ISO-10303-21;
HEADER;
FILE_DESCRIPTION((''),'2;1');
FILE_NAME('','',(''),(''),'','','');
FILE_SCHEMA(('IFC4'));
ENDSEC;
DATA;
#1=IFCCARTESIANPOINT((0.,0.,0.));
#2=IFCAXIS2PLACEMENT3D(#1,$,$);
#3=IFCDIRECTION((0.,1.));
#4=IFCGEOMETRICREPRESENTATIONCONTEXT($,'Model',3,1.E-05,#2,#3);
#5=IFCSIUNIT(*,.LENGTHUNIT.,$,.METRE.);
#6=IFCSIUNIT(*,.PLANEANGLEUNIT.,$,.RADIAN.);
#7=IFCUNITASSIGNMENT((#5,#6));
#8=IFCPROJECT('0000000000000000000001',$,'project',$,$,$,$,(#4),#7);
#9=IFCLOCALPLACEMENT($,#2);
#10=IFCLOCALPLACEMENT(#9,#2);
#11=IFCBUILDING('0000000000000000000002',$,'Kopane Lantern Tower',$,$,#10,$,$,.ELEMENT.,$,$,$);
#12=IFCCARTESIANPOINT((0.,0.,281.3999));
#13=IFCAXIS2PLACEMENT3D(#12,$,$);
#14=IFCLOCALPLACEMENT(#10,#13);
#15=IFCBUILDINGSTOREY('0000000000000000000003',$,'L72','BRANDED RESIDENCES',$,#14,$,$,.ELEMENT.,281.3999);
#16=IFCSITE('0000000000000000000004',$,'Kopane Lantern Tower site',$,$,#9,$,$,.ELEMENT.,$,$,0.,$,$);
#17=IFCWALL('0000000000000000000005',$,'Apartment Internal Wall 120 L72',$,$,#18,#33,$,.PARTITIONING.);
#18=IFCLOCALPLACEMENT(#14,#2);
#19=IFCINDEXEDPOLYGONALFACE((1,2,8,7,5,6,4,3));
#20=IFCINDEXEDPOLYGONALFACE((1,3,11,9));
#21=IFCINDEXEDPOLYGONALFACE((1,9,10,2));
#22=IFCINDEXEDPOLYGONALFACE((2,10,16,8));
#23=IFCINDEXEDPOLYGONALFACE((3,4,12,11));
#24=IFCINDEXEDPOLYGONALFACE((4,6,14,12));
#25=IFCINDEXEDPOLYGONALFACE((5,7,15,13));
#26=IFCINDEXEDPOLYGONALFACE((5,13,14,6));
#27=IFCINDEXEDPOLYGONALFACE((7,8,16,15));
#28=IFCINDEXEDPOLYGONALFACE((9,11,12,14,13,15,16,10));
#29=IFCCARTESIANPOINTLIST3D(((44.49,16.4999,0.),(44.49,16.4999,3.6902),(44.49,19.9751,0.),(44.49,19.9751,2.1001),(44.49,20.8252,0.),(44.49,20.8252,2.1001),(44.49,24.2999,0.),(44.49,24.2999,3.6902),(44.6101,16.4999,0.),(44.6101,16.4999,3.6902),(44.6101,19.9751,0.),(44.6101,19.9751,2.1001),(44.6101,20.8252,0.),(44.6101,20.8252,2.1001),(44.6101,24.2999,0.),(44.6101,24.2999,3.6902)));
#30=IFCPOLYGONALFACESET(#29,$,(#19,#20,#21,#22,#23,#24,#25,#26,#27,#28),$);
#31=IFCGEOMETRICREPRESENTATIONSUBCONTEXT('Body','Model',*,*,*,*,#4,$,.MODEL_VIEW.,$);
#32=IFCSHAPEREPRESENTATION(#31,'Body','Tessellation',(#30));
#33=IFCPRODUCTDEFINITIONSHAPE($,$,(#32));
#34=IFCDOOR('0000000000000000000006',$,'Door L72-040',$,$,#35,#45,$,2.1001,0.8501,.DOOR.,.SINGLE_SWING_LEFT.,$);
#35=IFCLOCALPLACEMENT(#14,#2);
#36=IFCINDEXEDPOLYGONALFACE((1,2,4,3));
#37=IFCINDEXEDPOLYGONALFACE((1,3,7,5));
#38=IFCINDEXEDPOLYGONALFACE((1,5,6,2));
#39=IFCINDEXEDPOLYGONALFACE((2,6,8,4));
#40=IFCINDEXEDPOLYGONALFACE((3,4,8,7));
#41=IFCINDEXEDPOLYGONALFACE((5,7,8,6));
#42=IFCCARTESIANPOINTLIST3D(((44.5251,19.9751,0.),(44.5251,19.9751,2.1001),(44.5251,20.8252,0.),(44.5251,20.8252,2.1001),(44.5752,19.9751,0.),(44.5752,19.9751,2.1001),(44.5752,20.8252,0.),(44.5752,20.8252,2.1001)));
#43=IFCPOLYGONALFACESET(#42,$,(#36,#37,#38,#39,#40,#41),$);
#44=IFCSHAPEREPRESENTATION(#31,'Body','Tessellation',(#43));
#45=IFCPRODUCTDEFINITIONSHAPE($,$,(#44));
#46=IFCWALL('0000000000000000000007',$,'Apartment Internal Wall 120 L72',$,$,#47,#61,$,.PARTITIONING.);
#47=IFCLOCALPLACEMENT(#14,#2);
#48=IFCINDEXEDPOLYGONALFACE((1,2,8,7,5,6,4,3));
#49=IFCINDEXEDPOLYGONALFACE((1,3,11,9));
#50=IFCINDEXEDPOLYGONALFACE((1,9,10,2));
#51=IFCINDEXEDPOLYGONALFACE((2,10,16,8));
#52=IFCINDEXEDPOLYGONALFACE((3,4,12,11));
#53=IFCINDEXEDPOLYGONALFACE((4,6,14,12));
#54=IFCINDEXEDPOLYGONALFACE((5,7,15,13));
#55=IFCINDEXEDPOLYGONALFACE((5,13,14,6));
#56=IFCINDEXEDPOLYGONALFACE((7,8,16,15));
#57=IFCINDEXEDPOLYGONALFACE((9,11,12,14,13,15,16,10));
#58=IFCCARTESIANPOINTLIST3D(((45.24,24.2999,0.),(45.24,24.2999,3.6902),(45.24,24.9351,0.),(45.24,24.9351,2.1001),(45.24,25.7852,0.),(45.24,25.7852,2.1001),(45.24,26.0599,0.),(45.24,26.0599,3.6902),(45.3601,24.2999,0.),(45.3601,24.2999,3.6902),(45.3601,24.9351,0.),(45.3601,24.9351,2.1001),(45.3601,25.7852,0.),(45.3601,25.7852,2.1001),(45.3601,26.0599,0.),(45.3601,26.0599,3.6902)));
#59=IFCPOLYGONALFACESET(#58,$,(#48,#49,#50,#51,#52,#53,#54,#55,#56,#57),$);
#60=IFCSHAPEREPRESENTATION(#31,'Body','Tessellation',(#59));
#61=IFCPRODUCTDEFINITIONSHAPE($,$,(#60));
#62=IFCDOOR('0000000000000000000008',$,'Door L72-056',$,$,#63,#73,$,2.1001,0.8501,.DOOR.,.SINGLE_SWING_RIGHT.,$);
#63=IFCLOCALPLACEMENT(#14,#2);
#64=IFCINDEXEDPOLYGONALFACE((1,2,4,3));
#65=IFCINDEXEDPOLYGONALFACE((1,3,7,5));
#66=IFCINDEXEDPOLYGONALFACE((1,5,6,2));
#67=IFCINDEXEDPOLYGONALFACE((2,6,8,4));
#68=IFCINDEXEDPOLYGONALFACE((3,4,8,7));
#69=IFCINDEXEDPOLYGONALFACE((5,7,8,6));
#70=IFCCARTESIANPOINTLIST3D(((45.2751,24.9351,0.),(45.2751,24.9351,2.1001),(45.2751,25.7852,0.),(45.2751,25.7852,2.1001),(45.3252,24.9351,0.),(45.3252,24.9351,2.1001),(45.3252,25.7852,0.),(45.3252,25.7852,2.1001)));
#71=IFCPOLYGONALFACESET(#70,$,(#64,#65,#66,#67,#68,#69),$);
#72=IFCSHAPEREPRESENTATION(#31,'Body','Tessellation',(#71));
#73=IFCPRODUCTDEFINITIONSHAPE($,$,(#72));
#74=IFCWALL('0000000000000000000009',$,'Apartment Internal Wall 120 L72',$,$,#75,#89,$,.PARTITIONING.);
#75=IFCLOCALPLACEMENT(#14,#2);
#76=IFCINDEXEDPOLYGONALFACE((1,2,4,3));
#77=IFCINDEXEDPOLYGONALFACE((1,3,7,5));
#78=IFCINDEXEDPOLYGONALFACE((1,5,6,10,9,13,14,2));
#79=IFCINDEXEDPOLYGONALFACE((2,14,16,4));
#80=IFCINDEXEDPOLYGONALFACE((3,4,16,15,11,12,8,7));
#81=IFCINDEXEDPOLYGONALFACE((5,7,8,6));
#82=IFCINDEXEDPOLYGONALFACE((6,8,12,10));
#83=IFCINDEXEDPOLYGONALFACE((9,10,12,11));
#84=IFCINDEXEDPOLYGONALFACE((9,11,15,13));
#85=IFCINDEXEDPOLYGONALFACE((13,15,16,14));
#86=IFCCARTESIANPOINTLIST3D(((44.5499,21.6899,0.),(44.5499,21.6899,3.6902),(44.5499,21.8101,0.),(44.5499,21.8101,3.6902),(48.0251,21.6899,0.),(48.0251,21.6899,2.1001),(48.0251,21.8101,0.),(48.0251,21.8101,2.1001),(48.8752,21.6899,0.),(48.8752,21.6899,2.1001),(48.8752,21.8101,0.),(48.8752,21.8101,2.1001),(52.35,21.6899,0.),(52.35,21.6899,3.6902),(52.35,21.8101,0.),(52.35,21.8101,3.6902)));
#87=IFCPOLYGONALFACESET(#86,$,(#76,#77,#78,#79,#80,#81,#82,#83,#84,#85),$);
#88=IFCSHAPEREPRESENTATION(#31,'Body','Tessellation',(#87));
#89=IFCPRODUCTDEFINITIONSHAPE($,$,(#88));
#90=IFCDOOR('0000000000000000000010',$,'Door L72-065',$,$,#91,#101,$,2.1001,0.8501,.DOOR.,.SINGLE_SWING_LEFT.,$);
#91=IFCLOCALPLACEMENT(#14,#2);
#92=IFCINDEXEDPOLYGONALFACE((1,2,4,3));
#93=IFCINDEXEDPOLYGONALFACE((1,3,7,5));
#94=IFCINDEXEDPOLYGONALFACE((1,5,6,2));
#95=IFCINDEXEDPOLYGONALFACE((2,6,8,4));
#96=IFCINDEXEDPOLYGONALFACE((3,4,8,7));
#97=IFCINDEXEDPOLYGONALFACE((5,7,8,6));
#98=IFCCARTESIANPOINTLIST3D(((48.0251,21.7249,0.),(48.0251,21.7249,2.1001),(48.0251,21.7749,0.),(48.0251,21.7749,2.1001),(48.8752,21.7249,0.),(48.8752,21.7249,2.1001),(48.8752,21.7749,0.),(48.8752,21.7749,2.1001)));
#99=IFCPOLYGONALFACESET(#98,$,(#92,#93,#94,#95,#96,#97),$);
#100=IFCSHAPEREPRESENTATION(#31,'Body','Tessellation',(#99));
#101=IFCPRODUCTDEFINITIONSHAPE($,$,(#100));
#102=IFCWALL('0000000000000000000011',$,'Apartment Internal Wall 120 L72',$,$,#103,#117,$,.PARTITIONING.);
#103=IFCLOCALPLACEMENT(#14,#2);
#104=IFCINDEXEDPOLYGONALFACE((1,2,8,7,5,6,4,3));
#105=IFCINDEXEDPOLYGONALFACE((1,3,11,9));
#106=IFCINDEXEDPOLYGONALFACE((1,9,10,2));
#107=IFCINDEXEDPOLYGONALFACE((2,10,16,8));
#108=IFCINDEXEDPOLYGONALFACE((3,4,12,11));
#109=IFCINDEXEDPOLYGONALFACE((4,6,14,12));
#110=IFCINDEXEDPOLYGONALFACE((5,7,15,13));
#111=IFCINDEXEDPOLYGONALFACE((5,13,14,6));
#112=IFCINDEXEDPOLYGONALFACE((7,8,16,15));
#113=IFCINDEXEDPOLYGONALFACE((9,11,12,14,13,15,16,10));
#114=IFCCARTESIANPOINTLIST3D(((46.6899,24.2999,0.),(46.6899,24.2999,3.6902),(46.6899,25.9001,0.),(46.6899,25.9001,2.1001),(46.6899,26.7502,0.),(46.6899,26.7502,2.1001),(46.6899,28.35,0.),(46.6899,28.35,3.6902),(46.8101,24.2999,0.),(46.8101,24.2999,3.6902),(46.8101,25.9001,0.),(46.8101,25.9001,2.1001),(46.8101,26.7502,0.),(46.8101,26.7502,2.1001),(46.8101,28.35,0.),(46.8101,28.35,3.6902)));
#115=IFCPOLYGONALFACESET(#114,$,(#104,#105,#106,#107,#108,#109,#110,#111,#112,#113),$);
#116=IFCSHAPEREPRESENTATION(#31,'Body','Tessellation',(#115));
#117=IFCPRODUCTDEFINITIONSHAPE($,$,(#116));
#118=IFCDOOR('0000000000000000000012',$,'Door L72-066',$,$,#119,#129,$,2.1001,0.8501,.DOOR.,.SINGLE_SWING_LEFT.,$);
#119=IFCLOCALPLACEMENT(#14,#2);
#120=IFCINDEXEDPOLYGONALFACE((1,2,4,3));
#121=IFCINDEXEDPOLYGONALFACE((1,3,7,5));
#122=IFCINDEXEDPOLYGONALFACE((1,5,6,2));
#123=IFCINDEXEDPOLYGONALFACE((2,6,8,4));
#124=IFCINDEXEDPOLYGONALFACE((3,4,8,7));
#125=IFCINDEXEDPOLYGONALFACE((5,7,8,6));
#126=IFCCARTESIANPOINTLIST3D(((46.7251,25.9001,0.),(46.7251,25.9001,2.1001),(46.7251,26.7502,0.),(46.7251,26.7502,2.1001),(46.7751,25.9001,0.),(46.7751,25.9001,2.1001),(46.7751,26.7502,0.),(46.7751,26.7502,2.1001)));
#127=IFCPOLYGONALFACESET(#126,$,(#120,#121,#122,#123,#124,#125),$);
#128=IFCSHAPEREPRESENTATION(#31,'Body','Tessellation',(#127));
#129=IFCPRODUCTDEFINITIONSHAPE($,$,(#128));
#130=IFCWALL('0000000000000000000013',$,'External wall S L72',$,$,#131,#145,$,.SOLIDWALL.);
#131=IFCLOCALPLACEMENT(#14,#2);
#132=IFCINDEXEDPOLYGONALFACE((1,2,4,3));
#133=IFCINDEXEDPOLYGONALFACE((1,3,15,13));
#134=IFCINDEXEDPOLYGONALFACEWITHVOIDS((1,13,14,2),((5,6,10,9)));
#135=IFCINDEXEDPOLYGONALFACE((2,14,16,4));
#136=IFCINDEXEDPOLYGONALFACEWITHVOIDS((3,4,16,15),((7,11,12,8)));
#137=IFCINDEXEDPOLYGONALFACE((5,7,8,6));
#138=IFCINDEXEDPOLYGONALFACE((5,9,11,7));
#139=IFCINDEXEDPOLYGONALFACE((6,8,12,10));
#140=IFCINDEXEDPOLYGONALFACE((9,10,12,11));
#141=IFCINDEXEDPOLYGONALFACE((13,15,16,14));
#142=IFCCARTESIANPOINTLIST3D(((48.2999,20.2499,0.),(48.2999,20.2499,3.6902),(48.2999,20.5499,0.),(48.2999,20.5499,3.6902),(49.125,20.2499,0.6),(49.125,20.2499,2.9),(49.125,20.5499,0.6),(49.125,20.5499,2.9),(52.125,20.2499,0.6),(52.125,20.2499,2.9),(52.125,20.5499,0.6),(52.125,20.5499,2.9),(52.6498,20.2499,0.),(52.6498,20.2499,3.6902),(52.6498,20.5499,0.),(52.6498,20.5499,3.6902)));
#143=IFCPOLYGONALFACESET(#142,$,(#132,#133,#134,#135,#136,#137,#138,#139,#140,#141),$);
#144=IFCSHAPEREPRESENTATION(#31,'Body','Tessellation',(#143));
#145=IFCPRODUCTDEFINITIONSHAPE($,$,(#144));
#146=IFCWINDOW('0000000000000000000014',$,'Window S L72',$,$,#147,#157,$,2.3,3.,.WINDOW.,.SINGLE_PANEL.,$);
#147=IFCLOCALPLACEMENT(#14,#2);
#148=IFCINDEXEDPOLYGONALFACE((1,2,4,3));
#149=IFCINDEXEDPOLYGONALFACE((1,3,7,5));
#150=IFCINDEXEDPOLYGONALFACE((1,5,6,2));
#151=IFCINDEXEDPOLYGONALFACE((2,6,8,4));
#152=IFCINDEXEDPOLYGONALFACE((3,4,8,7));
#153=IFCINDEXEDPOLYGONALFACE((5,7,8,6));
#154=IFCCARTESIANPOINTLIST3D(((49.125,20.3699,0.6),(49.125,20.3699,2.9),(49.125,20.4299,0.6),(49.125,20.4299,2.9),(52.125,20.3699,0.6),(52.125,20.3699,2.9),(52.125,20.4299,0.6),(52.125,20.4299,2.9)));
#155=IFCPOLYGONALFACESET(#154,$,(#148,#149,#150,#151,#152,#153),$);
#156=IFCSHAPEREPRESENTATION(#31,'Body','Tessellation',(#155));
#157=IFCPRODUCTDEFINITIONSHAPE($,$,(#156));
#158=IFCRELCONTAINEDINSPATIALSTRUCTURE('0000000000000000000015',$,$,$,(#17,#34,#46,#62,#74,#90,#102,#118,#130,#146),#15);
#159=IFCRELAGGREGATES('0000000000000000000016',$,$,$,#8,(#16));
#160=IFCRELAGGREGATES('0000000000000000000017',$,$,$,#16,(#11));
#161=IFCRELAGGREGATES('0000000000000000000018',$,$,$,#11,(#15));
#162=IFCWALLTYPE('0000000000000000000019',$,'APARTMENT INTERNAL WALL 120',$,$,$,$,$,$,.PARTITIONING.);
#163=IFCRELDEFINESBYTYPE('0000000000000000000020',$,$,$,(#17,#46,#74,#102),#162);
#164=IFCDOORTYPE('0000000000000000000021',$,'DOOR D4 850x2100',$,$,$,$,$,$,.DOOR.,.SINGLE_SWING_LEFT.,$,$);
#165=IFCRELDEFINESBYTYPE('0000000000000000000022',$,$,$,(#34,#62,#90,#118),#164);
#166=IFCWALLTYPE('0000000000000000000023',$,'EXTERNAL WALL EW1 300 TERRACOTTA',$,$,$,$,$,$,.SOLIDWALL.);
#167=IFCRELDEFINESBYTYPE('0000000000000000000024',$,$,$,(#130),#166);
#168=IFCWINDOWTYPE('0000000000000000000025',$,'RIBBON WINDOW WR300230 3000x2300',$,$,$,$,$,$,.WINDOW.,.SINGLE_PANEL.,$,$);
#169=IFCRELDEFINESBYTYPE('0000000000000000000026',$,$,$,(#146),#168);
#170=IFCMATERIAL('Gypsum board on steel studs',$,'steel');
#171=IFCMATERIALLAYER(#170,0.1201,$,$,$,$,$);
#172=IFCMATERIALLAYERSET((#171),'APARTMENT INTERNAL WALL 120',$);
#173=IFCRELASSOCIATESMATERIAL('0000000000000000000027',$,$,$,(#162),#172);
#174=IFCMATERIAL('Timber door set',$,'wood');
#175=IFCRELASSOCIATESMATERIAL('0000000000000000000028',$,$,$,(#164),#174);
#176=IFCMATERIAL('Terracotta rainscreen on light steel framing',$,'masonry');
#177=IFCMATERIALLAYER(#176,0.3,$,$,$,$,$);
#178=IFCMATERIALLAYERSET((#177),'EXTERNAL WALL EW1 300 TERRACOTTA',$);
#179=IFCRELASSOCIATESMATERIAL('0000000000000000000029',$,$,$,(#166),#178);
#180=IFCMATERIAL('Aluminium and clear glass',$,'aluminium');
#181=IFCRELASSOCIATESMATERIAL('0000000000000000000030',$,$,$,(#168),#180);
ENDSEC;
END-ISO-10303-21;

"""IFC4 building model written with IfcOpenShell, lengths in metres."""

from ifc_helpers import new_model, si_unit, direction, frame, frame_2d, origin, place, context, subcontext, project, spatial, rectangle, extrude, material, layer, layer_set, type_object, element, fill, save


model = new_model("IFC4")

# Units and contexts
model_context = context("Model", 3, precision=1e-05, world=origin(), true_north=direction((0.0, 1.0)))
body_context = subcontext(model_context, "Body", "Model", "MODEL_VIEW")
ifc_project = project(units=[si_unit("LENGTHUNIT", "METRE"), si_unit("PLANEANGLEUNIT", "RADIAN")], contexts=[model_context])

# Site, building, storey
site_placement = place(None, origin())
site = spatial("IfcSite", under=ifc_project, at=site_placement, Name="Kopane Lantern Tower site", CompositionType="ELEMENT", RefElevation=0.0)
building_placement = place(site_placement, origin())
building = spatial("IfcBuilding", under=site, at=building_placement, Name="Kopane Lantern Tower", CompositionType="ELEMENT")
storey_placement = place(building_placement, frame((0.0, 0.0, 281.3999)))
storey = spatial("IfcBuildingStorey", under=building, at=storey_placement, Name="L72", Description="BRANDED RESIDENCES", CompositionType="ELEMENT", Elevation=281.3999)

# Shared definitions
ifc_material_1 = material(Name="Gypsum board on steel studs", Category="steel")
ifc_layer_1 = layer(ifc_material_1, 0.1201)
ifc_layer_set_1 = layer_set([ifc_layer_1], Name="APARTMENT INTERNAL WALL 120")
wall_type_1 = type_object("IfcWallType", Name="APARTMENT INTERNAL WALL 120", PredefinedType="PARTITIONING", material=ifc_layer_set_1)
ifc_material_2 = material(Name="Timber door set", Category="wood")
door_type = type_object("IfcDoorType", Name="DOOR D4 850x2100", OperationType="SINGLE_SWING_LEFT", PredefinedType="DOOR", material=ifc_material_2)

# Walls, openings, doors
wall_1_placement = place(storey_placement, frame((44.55, 16.5, 0.0), z_axis=(0.0, 0.0, 1.0), x_axis=(0.0, 1.0, 0.0)))
wall_1 = element("IfcWall", 1, at=wall_1_placement, inside=storey, type_object=wall_type_1, Name="Apartment Internal Wall 120 L72", PredefinedType="PARTITIONING", context=body_context, shape_type="SweptSolid", body=[
    extrude(rectangle(XDim=7.8, YDim=0.1201, at=frame_2d((3.8999, 0.0))), origin(), (0.0, 0.0, 1.0), 3.6902),
])
opening_1_placement = place(wall_1_placement, frame((3.4751, 0.0, 0.0)))
opening_1 = element("IfcOpeningElement", 2, at=opening_1_placement, cuts=wall_1, PredefinedType="OPENING", context=body_context, shape_type="SweptSolid", body=[
    extrude(rectangle(XDim=0.8501, YDim=2.1001, at=frame_2d((0.425, 1.05))), frame((0.0, 0.0701, 0.0), z_axis=(0.0, -1.0, 0.0), x_axis=(1.0, 0.0, 0.0)), (0.0, 0.0, 1.0), 0.1401),
])
door_1_placement = place(opening_1_placement, origin())
door_1 = element("IfcDoor", 3, at=door_1_placement, inside=storey, type_object=door_type, Name="Door L72-040", OperationType="SINGLE_SWING_LEFT", OverallHeight=2.1001, OverallWidth=0.8501, PredefinedType="DOOR", context=body_context, shape_type="SweptSolid", body=[
    extrude(rectangle(XDim=0.8501, YDim=2.1001, at=frame_2d((0.425, 1.05))), frame((0.0, 0.0249, 0.0), z_axis=(0.0, -1.0, 0.0), x_axis=(1.0, 0.0, 0.0)), (0.0, 0.0, 1.0), 0.05),
])
fill(opening_1, door_1)
wall_2_placement = place(storey_placement, frame((45.3, 24.3, 0.0), z_axis=(0.0, 0.0, 1.0), x_axis=(0.0, 1.0, 0.0)))
wall_2 = element("IfcWall", 4, at=wall_2_placement, inside=storey, type_object=wall_type_1, Name="Apartment Internal Wall 120 L72", PredefinedType="PARTITIONING", context=body_context, shape_type="SweptSolid", body=[
    extrude(rectangle(XDim=1.76, YDim=0.1201, at=frame_2d((0.8799, 0.0))), origin(), (0.0, 0.0, 1.0), 3.6902),
])
opening_2_placement = place(wall_2_placement, frame((0.635, 0.0, 0.0)))
opening_2 = element("IfcOpeningElement", 5, at=opening_2_placement, cuts=wall_2, PredefinedType="OPENING", context=body_context, shape_type="SweptSolid", body=[
    extrude(rectangle(XDim=0.8501, YDim=2.1001, at=frame_2d((0.425, 1.05))), frame((0.0, 0.0701, 0.0), z_axis=(0.0, -1.0, 0.0), x_axis=(1.0, 0.0, 0.0)), (0.0, 0.0, 1.0), 0.1401),
])
door_2_placement = place(opening_2_placement, origin())
door_2 = element("IfcDoor", 6, at=door_2_placement, inside=storey, type_object=door_type, Name="Door L72-056", OperationType="SINGLE_SWING_RIGHT", OverallHeight=2.1001, OverallWidth=0.8501, PredefinedType="DOOR", context=body_context, shape_type="SweptSolid", body=[
    extrude(rectangle(XDim=0.8501, YDim=2.1001, at=frame_2d((0.425, 1.05))), frame((0.0, 0.0249, 0.0), z_axis=(0.0, -1.0, 0.0), x_axis=(1.0, 0.0, 0.0)), (0.0, 0.0, 1.0), 0.05),
])
fill(opening_2, door_2)
wall_3_placement = place(storey_placement, frame((44.55, 21.75, 0.0), z_axis=(0.0, 0.0, 1.0), x_axis=(1.0, 0.0, 0.0)))
wall_3 = element("IfcWall", 7, at=wall_3_placement, inside=storey, type_object=wall_type_1, Name="Apartment Internal Wall 120 L72", PredefinedType="PARTITIONING", context=body_context, shape_type="SweptSolid", body=[
    extrude(rectangle(XDim=7.8, YDim=0.1201, at=frame_2d((3.8999, 0.0))), origin(), (0.0, 0.0, 1.0), 3.6902),
])
opening_3_placement = place(wall_3_placement, frame((3.4751, 0.0, 0.0)))
opening_3 = element("IfcOpeningElement", 8, at=opening_3_placement, cuts=wall_3, PredefinedType="OPENING", context=body_context, shape_type="SweptSolid", body=[
    extrude(rectangle(XDim=0.8501, YDim=2.1001, at=frame_2d((0.425, 1.05))), frame((0.0, 0.0701, 0.0), z_axis=(0.0, -1.0, 0.0), x_axis=(1.0, 0.0, 0.0)), (0.0, 0.0, 1.0), 0.1401),
])
door_3_placement = place(opening_3_placement, origin())
door_3 = element("IfcDoor", 9, at=door_3_placement, inside=storey, type_object=door_type, Name="Door L72-065", OperationType="SINGLE_SWING_LEFT", OverallHeight=2.1001, OverallWidth=0.8501, PredefinedType="DOOR", context=body_context, shape_type="SweptSolid", body=[
    extrude(rectangle(XDim=0.8501, YDim=2.1001, at=frame_2d((0.425, 1.05))), frame((0.0, 0.0249, 0.0), z_axis=(0.0, -1.0, 0.0), x_axis=(1.0, 0.0, 0.0)), (0.0, 0.0, 1.0), 0.05),
])
fill(opening_3, door_3)
wall_4_placement = place(storey_placement, frame((46.75, 24.3, 0.0), z_axis=(0.0, 0.0, 1.0), x_axis=(0.0, 1.0, 0.0)))
wall_4 = element("IfcWall", 10, at=wall_4_placement, inside=storey, type_object=wall_type_1, Name="Apartment Internal Wall 120 L72", PredefinedType="PARTITIONING", context=body_context, shape_type="SweptSolid", body=[
    extrude(rectangle(XDim=4.05, YDim=0.1201, at=frame_2d((2.0249, 0.0))), origin(), (0.0, 0.0, 1.0), 3.6902),
])
opening_4_placement = place(wall_4_placement, frame((1.6001, 0.0, 0.0)))
opening_4 = element("IfcOpeningElement", 11, at=opening_4_placement, cuts=wall_4, PredefinedType="OPENING", context=body_context, shape_type="SweptSolid", body=[
    extrude(rectangle(XDim=0.8501, YDim=2.1001, at=frame_2d((0.425, 1.05))), frame((0.0, 0.0701, 0.0), z_axis=(0.0, -1.0, 0.0), x_axis=(1.0, 0.0, 0.0)), (0.0, 0.0, 1.0), 0.1401),
])
door_4_placement = place(opening_4_placement, origin())
door_4 = element("IfcDoor", 12, at=door_4_placement, inside=storey, type_object=door_type, Name="Door L72-066", OperationType="SINGLE_SWING_LEFT", OverallHeight=2.1001, OverallWidth=0.8501, PredefinedType="DOOR", context=body_context, shape_type="SweptSolid", body=[
    extrude(rectangle(XDim=0.8501, YDim=2.1001, at=frame_2d((0.425, 1.05))), frame((0.0, 0.0249, 0.0), z_axis=(0.0, -1.0, 0.0), x_axis=(1.0, 0.0, 0.0)), (0.0, 0.0, 1.0), 0.05),
])
fill(opening_4, door_4)

# Wall, opening, window
ifc_material_3 = material(Name="Terracotta rainscreen on light steel framing", Category="masonry")
ifc_layer_2 = layer(ifc_material_3, 0.3)
ifc_layer_set_2 = layer_set([ifc_layer_2], Name="EXTERNAL WALL EW1 300 TERRACOTTA")
wall_type_2 = type_object("IfcWallType", Name="EXTERNAL WALL EW1 300 TERRACOTTA", PredefinedType="SOLIDWALL", material=ifc_layer_set_2)
wall_5_placement = place(storey_placement, frame((48.3, 20.3999, 0.0), z_axis=(0.0, 0.0, 1.0), x_axis=(1.0, 0.0, 0.0)))
wall_5 = element("IfcWall", 13, at=wall_5_placement, inside=storey, type_object=wall_type_2, Name="External wall S L72", PredefinedType="SOLIDWALL", context=body_context, shape_type="SweptSolid", body=[
    extrude(rectangle(XDim=4.3499, YDim=0.3, at=frame_2d((2.1748, 0.0))), origin(), (0.0, 0.0, 1.0), 3.6902),
])
opening_5_placement = place(wall_5_placement, frame((0.825, 0.0, 0.6001)))
opening_5 = element("IfcOpeningElement", 14, at=opening_5_placement, cuts=wall_5, PredefinedType="OPENING", context=body_context, shape_type="SweptSolid", body=[
    extrude(rectangle(XDim=3.0, YDim=2.3, at=frame_2d((1.5, 1.1499))), frame((0.0, 0.1599, 0.0), z_axis=(0.0, -1.0, 0.0), x_axis=(1.0, 0.0, 0.0)), (0.0, 0.0, 1.0), 0.3201),
])
ifc_material_4 = material(Name="Aluminium and clear glass", Category="aluminium")
window_type = type_object("IfcWindowType", Name="RIBBON WINDOW WR300230 3000x2300", PartitioningType="SINGLE_PANEL", PredefinedType="WINDOW", material=ifc_material_4)
window_placement = place(opening_5_placement, origin())
window = element("IfcWindow", 15, at=window_placement, inside=storey, type_object=window_type, Name="Window S L72", OverallHeight=2.3, OverallWidth=3.0, PartitioningType="SINGLE_PANEL", PredefinedType="WINDOW", context=body_context, shape_type="SweptSolid", body=[
    extrude(rectangle(XDim=3.0, YDim=2.3, at=frame_2d((1.5, 1.1499))), frame((0.0, 0.03, 0.0), z_axis=(0.0, -1.0, 0.0), x_axis=(1.0, 0.0, 0.0)), (0.0, 0.0, 1.0), 0.0601),
])
fill(opening_5, window)

save(model, "model.ifc")
